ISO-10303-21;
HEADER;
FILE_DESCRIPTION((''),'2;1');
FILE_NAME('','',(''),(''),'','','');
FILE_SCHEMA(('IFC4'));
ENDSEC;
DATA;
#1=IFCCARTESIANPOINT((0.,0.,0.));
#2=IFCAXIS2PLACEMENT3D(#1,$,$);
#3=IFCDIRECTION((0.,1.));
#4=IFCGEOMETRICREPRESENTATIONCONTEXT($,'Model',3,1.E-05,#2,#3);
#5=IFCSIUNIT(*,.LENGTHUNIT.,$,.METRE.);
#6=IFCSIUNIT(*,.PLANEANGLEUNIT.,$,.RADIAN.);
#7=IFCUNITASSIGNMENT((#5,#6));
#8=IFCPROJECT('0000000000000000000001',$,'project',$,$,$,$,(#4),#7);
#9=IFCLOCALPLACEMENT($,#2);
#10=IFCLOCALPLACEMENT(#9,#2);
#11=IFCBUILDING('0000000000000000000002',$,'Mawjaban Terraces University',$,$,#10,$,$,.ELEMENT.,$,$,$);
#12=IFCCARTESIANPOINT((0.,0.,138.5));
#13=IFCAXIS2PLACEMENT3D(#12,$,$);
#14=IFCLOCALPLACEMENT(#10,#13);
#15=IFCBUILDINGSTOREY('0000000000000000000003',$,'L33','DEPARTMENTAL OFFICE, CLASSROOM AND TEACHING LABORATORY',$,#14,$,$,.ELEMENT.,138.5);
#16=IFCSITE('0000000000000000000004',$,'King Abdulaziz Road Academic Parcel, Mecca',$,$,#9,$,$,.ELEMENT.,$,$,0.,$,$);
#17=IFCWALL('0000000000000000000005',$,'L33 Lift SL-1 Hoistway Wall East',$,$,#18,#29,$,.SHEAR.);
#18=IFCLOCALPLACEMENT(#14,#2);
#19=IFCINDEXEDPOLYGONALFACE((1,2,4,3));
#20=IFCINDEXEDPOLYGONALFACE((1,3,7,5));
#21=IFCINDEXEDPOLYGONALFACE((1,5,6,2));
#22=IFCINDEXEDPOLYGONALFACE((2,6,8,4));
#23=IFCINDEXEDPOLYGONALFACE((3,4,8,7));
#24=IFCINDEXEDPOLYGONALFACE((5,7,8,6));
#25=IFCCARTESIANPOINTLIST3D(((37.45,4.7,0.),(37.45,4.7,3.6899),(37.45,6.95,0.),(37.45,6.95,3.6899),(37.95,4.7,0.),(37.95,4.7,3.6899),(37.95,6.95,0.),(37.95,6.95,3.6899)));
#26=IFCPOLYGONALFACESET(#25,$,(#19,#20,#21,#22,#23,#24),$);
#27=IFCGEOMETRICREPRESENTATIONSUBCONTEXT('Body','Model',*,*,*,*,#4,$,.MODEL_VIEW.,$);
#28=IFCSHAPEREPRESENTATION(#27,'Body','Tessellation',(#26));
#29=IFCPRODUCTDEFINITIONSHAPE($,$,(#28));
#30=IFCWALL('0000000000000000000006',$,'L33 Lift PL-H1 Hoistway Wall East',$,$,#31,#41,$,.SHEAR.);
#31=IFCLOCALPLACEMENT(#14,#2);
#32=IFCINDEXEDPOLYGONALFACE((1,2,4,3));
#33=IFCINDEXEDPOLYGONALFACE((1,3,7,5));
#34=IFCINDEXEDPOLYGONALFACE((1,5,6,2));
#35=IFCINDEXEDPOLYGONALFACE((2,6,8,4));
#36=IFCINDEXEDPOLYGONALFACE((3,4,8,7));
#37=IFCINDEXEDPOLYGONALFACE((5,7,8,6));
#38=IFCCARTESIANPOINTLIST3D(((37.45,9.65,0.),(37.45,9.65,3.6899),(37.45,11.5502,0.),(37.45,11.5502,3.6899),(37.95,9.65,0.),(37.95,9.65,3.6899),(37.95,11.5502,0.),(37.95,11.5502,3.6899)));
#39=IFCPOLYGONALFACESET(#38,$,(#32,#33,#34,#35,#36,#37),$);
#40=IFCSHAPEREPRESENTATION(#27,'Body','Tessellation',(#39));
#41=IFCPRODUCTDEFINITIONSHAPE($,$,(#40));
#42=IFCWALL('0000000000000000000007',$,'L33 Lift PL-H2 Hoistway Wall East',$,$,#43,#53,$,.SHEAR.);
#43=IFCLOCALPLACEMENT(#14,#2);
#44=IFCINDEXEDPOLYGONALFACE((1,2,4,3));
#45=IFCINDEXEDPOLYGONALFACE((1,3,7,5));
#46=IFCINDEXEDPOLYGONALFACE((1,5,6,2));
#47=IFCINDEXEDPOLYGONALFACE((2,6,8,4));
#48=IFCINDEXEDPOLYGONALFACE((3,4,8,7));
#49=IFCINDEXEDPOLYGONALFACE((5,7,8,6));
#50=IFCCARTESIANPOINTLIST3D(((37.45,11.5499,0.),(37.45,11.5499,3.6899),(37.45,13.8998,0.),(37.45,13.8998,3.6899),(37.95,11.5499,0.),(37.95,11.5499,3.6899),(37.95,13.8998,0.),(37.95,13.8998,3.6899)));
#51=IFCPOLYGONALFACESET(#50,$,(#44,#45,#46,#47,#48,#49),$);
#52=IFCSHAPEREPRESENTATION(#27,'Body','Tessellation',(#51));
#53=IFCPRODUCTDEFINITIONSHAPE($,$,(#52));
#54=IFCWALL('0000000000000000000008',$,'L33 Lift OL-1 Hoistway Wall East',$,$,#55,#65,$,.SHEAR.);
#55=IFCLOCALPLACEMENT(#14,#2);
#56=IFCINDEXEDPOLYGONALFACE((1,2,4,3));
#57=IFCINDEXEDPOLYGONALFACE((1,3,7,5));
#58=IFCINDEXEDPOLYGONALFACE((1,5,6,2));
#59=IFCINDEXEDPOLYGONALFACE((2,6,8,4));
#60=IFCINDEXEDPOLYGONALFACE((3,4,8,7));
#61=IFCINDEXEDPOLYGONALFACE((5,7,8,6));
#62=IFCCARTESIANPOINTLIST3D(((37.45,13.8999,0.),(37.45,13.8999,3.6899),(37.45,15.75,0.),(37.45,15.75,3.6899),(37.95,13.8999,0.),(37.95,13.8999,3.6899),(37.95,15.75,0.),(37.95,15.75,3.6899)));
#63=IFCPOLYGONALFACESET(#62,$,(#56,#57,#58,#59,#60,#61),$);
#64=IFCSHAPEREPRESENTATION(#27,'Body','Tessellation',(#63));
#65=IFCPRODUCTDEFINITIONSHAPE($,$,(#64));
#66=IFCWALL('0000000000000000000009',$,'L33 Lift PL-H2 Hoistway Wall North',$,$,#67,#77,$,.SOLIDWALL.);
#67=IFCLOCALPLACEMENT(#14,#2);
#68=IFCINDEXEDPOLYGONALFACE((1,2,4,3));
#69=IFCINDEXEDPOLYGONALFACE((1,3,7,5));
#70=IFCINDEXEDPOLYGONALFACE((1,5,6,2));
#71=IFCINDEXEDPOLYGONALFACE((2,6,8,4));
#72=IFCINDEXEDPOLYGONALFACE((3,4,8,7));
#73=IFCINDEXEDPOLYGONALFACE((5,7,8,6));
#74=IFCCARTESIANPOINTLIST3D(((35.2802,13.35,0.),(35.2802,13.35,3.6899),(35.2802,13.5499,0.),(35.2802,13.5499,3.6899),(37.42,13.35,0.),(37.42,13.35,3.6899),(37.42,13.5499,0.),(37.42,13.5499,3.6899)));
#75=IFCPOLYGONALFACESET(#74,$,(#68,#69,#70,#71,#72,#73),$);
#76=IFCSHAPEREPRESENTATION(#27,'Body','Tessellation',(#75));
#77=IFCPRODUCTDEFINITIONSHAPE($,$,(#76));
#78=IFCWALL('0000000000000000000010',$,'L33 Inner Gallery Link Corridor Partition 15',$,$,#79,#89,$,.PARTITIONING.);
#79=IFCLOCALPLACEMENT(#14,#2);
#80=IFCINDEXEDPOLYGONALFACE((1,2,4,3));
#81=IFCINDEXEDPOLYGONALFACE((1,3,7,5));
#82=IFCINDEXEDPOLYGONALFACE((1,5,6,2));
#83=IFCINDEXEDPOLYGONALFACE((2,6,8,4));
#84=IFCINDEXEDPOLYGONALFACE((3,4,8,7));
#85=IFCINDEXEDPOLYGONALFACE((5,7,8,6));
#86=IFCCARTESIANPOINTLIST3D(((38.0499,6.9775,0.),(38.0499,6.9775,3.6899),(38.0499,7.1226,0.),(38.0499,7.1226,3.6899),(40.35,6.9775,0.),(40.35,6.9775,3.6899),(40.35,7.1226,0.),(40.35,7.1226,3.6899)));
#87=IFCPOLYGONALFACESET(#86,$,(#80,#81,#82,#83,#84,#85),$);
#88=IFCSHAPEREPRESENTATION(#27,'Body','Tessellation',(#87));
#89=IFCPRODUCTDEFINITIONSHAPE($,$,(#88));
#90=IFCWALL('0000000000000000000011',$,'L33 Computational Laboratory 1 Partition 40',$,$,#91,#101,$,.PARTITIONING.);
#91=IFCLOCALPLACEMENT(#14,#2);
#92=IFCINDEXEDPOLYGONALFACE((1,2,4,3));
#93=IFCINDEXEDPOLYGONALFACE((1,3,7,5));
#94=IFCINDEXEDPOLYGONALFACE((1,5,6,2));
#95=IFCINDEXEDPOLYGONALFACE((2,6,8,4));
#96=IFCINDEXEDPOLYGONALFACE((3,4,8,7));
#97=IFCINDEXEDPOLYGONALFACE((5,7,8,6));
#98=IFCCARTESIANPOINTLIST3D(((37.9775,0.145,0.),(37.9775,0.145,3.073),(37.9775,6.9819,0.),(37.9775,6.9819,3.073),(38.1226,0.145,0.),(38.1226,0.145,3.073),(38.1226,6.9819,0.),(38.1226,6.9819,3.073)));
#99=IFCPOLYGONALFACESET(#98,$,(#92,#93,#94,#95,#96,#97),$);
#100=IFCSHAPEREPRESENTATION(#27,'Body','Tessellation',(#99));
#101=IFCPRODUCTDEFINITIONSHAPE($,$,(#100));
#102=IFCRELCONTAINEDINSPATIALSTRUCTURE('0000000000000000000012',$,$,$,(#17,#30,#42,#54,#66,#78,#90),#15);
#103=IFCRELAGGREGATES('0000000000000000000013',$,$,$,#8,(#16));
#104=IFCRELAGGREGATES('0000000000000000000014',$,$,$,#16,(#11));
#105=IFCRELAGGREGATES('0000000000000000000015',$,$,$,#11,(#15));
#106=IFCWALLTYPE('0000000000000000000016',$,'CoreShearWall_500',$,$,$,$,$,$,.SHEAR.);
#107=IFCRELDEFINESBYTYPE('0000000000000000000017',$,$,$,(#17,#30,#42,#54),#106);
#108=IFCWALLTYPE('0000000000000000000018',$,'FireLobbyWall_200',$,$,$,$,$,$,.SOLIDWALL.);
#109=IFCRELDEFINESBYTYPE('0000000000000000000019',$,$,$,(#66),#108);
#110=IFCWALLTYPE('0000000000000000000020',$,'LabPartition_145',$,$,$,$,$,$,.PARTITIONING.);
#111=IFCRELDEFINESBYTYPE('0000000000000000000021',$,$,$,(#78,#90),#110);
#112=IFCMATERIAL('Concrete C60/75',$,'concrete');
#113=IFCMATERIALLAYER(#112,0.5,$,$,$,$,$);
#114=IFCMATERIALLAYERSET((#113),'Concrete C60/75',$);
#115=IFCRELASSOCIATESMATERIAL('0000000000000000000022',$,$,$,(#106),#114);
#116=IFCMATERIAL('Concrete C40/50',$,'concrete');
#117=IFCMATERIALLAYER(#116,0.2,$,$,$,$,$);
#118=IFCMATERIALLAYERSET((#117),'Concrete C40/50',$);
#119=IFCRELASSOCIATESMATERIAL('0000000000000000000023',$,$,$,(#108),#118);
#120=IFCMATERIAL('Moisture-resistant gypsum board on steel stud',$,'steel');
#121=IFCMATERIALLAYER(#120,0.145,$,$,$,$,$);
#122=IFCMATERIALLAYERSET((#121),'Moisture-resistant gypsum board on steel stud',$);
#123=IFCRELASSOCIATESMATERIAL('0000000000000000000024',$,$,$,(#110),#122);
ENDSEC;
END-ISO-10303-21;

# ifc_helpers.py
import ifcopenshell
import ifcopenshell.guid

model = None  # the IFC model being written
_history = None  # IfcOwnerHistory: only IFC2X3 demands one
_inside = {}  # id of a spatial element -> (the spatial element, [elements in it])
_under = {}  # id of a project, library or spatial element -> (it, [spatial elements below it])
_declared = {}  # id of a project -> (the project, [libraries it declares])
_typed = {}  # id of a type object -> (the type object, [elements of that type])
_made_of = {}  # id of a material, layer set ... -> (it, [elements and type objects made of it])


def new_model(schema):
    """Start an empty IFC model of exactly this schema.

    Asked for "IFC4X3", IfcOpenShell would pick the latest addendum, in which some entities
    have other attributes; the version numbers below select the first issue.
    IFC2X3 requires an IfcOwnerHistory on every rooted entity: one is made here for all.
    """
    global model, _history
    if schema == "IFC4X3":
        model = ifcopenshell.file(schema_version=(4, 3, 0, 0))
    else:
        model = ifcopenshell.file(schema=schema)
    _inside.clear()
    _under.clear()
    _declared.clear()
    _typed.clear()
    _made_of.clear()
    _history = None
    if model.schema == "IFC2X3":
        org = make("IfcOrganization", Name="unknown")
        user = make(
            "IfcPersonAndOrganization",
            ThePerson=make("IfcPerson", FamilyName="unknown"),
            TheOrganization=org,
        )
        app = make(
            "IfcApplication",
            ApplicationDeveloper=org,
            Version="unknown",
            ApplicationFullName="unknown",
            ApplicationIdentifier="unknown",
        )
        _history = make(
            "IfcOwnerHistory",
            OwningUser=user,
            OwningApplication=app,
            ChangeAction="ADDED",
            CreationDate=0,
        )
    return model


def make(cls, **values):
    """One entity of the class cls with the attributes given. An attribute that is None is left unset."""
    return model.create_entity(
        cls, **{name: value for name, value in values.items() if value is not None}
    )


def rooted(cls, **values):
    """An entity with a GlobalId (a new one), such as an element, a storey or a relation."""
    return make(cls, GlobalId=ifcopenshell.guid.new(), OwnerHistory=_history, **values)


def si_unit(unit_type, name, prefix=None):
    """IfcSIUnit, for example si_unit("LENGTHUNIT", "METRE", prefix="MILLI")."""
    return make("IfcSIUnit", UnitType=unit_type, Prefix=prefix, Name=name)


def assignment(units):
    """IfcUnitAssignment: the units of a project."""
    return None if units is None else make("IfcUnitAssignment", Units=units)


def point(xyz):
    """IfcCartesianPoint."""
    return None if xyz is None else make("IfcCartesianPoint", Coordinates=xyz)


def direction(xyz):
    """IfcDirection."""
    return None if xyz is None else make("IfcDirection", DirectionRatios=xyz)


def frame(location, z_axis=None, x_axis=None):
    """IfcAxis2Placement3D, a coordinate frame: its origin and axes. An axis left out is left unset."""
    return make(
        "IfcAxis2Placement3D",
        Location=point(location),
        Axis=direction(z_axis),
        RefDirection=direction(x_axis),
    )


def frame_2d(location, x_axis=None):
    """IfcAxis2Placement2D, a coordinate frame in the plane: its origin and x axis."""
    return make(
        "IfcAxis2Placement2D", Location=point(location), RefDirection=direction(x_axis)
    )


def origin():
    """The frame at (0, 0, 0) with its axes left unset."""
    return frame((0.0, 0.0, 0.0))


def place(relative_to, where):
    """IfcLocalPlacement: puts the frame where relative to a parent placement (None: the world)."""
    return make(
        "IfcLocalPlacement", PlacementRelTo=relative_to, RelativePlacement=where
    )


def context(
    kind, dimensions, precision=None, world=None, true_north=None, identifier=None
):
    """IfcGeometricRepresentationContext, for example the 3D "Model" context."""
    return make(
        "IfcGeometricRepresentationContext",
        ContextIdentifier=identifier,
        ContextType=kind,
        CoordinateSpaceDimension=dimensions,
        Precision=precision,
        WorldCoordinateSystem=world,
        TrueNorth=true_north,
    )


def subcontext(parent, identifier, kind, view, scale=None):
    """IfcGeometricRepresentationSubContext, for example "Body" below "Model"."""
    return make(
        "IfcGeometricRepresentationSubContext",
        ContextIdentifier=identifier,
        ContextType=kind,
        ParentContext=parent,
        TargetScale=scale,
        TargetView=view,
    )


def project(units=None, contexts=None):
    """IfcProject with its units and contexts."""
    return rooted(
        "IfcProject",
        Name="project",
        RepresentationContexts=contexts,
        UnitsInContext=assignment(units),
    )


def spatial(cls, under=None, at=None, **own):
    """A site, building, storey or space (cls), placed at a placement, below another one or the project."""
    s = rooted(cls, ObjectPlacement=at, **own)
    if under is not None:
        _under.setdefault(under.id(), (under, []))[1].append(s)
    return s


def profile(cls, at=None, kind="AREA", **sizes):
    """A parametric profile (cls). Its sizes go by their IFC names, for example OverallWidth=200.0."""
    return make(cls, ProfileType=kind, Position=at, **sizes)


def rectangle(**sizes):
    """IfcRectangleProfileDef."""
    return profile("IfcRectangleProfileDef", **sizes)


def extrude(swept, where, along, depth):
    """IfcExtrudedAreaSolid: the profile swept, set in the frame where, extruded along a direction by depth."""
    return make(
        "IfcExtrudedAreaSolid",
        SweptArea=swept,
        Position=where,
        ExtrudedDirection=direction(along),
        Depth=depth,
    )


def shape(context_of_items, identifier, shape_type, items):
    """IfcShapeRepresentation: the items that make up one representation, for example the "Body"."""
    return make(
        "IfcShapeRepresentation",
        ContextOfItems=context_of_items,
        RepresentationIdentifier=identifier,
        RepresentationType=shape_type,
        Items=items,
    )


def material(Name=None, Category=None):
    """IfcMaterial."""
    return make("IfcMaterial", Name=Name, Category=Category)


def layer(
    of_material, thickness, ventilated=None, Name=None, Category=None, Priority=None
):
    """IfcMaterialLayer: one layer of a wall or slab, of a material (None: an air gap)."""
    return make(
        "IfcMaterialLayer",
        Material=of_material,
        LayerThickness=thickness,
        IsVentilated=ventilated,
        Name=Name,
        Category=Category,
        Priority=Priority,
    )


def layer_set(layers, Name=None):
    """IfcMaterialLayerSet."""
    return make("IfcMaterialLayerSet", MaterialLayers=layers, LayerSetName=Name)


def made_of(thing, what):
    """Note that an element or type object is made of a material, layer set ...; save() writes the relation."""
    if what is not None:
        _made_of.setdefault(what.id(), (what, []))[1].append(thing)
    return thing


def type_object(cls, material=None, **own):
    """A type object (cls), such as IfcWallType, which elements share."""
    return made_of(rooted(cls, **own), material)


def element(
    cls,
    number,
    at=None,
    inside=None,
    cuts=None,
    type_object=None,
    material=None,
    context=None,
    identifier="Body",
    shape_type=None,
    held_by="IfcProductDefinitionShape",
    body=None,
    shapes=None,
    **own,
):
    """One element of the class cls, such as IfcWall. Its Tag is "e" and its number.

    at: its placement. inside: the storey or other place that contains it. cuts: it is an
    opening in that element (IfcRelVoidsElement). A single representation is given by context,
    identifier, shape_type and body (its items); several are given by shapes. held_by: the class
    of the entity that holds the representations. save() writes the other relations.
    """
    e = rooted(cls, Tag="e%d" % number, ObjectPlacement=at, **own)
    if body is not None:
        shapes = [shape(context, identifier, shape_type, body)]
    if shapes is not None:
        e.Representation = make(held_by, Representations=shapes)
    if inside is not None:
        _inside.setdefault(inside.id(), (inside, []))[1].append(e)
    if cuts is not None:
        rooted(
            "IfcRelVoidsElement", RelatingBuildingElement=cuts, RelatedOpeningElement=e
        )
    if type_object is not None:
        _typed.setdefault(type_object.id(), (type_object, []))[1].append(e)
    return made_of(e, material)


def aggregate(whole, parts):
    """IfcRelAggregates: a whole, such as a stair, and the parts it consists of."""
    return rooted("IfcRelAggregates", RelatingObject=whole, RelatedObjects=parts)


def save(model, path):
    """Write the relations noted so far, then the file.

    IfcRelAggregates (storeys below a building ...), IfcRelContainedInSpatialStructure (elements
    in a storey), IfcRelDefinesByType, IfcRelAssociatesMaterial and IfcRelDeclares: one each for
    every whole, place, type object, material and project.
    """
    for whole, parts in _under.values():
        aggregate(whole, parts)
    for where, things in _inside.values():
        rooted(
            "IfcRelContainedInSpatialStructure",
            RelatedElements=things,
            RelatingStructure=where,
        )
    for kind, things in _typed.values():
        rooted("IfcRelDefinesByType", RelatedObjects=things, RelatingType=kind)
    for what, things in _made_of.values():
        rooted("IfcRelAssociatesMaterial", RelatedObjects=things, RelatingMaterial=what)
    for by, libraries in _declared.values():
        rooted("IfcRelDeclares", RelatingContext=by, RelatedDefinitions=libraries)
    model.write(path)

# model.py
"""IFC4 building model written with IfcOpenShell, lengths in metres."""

from ifc_helpers import new_model, si_unit, direction, frame, frame_2d, origin, place, context, subcontext, project, spatial, rectangle, extrude, material, layer, layer_set, type_object, element, save


model = new_model("IFC4")

# Units and contexts
model_context = context("Model", 3, precision=1e-05, world=origin(), true_north=direction((0.0, 1.0)))
body_context = subcontext(model_context, "Body", "Model", "MODEL_VIEW")
ifc_project = project(units=[si_unit("LENGTHUNIT", "METRE"), si_unit("PLANEANGLEUNIT", "RADIAN")], contexts=[model_context])

# Site, building, storey
site_placement = place(None, origin())
site = spatial("IfcSite", under=ifc_project, at=site_placement, Name="King Abdulaziz Road Academic Parcel, Mecca", CompositionType="ELEMENT", RefElevation=0.0)
building_placement = place(site_placement, origin())
building = spatial("IfcBuilding", under=site, at=building_placement, Name="Mawjaban Terraces University", CompositionType="ELEMENT")
storey_placement = place(building_placement, frame((0.0, 0.0, 138.5)))
storey = spatial("IfcBuildingStorey", under=building, at=storey_placement, Name="L33", Description="DEPARTMENTAL OFFICE, CLASSROOM AND TEACHING LABORATORY", CompositionType="ELEMENT", Elevation=138.5)

# Shared definitions
ifc_material_1 = material(Name="Concrete C60/75", Category="concrete")

# Walls
ifc_layer_1 = layer(ifc_material_1, 0.5)
ifc_layer_set_1 = layer_set([ifc_layer_1], Name="Concrete C60/75")
wall_type_1 = type_object("IfcWallType", Name="CoreShearWall_500", PredefinedType="SHEAR", material=ifc_layer_set_1)
wall_1_placement = place(storey_placement, frame((37.7, 4.7, 0.0), z_axis=(0.0, 0.0, 1.0), x_axis=(0.0, 1.0, 0.0)))
element("IfcWall", 1, at=wall_1_placement, inside=storey, type_object=wall_type_1, Name="L33 Lift SL-1 Hoistway Wall East", PredefinedType="SHEAR", context=body_context, shape_type="SweptSolid", body=[
    extrude(rectangle(XDim=2.25, YDim=0.5, at=frame_2d((1.125, 0.0))), origin(), (0.0, 0.0, 1.0), 3.6899),
])
wall_2_placement = place(storey_placement, frame((37.7, 9.6499, 0.0), z_axis=(0.0, 0.0, 1.0), x_axis=(0.0, 1.0, 0.0)))
element("IfcWall", 2, at=wall_2_placement, inside=storey, type_object=wall_type_1, Name="L33 Lift PL-H1 Hoistway Wall East", PredefinedType="SHEAR", context=body_context, shape_type="SweptSolid", body=[
    extrude(rectangle(XDim=1.9001, YDim=0.5, at=frame_2d((0.9502, 0.0))), origin(), (0.0, 0.0, 1.0), 3.6899),
])
wall_3_placement = place(storey_placement, frame((37.7, 11.55, 0.0), z_axis=(0.0, 0.0, 1.0), x_axis=(0.0, 1.0, 0.0)))
element("IfcWall", 3, at=wall_3_placement, inside=storey, type_object=wall_type_1, Name="L33 Lift PL-H2 Hoistway Wall East", PredefinedType="SHEAR", context=body_context, shape_type="SweptSolid", body=[
    extrude(rectangle(XDim=2.3499, YDim=0.5, at=frame_2d((1.1748, 0.0))), origin(), (0.0, 0.0, 1.0), 3.6899),
])
wall_4_placement = place(storey_placement, frame((37.7, 13.8999, 0.0), z_axis=(0.0, 0.0, 1.0), x_axis=(0.0, 1.0, 0.0)))
element("IfcWall", 4, at=wall_4_placement, inside=storey, type_object=wall_type_1, Name="L33 Lift OL-1 Hoistway Wall East", PredefinedType="SHEAR", context=body_context, shape_type="SweptSolid", body=[
    extrude(rectangle(XDim=1.8501, YDim=0.5, at=frame_2d((0.925, 0.0))), origin(), (0.0, 0.0, 1.0), 3.6899),
])
ifc_material_2 = material(Name="Concrete C40/50", Category="concrete")
ifc_layer_2 = layer(ifc_material_2, 0.2)
ifc_layer_set_2 = layer_set([ifc_layer_2], Name="Concrete C40/50")
wall_type_2 = type_object("IfcWallType", Name="FireLobbyWall_200", PredefinedType="SOLIDWALL", material=ifc_layer_set_2)
wall_5_placement = place(storey_placement, frame((37.4199, 13.45, 0.0), z_axis=(0.0, 0.0, 1.0), x_axis=(-1.0, 0.0, 0.0)))
element("IfcWall", 5, at=wall_5_placement, inside=storey, type_object=wall_type_2, Name="L33 Lift PL-H2 Hoistway Wall North", PredefinedType="SOLIDWALL", context=body_context, shape_type="SweptSolid", body=[
    extrude(rectangle(XDim=2.1399, YDim=0.2, at=frame_2d((1.0698, 0.0))), origin(), (0.0, 0.0, 1.0), 3.6899),
])
ifc_material_3 = material(Name="Moisture-resistant gypsum board on steel stud", Category="steel")
ifc_layer_3 = layer(ifc_material_3, 0.145)
ifc_layer_set_3 = layer_set([ifc_layer_3], Name="Moisture-resistant gypsum board on steel stud")
wall_type_3 = type_object("IfcWallType", Name="LabPartition_145", PredefinedType="PARTITIONING", material=ifc_layer_set_3)
wall_6_placement = place(storey_placement, frame((38.05, 7.05, 0.0), z_axis=(0.0, 0.0, 1.0), x_axis=(1.0, 0.0, 0.0)))
element("IfcWall", 6, at=wall_6_placement, inside=storey, type_object=wall_type_3, Name="L33 Inner Gallery Link Corridor Partition 15", PredefinedType="PARTITIONING", context=body_context, shape_type="SweptSolid", body=[
    extrude(rectangle(XDim=2.3, YDim=0.145, at=frame_2d((1.1499, 0.0))), origin(), (0.0, 0.0, 1.0), 3.6899),
])
wall_7_placement = place(storey_placement, frame((38.05, 6.9819, 0.0), z_axis=(0.0, 0.0, 1.0), x_axis=(0.0, -1.0, 0.0)))
element("IfcWall", 7, at=wall_7_placement, inside=storey, type_object=wall_type_3, Name="L33 Computational Laboratory 1 Partition 40", PredefinedType="PARTITIONING", context=body_context, shape_type="SweptSolid", body=[
    extrude(rectangle(XDim=6.8369, YDim=0.145, at=frame_2d((3.4185, 0.0))), origin(), (0.0, 0.0, 1.0), 3.073),
])

save(model, "model.ifc")
